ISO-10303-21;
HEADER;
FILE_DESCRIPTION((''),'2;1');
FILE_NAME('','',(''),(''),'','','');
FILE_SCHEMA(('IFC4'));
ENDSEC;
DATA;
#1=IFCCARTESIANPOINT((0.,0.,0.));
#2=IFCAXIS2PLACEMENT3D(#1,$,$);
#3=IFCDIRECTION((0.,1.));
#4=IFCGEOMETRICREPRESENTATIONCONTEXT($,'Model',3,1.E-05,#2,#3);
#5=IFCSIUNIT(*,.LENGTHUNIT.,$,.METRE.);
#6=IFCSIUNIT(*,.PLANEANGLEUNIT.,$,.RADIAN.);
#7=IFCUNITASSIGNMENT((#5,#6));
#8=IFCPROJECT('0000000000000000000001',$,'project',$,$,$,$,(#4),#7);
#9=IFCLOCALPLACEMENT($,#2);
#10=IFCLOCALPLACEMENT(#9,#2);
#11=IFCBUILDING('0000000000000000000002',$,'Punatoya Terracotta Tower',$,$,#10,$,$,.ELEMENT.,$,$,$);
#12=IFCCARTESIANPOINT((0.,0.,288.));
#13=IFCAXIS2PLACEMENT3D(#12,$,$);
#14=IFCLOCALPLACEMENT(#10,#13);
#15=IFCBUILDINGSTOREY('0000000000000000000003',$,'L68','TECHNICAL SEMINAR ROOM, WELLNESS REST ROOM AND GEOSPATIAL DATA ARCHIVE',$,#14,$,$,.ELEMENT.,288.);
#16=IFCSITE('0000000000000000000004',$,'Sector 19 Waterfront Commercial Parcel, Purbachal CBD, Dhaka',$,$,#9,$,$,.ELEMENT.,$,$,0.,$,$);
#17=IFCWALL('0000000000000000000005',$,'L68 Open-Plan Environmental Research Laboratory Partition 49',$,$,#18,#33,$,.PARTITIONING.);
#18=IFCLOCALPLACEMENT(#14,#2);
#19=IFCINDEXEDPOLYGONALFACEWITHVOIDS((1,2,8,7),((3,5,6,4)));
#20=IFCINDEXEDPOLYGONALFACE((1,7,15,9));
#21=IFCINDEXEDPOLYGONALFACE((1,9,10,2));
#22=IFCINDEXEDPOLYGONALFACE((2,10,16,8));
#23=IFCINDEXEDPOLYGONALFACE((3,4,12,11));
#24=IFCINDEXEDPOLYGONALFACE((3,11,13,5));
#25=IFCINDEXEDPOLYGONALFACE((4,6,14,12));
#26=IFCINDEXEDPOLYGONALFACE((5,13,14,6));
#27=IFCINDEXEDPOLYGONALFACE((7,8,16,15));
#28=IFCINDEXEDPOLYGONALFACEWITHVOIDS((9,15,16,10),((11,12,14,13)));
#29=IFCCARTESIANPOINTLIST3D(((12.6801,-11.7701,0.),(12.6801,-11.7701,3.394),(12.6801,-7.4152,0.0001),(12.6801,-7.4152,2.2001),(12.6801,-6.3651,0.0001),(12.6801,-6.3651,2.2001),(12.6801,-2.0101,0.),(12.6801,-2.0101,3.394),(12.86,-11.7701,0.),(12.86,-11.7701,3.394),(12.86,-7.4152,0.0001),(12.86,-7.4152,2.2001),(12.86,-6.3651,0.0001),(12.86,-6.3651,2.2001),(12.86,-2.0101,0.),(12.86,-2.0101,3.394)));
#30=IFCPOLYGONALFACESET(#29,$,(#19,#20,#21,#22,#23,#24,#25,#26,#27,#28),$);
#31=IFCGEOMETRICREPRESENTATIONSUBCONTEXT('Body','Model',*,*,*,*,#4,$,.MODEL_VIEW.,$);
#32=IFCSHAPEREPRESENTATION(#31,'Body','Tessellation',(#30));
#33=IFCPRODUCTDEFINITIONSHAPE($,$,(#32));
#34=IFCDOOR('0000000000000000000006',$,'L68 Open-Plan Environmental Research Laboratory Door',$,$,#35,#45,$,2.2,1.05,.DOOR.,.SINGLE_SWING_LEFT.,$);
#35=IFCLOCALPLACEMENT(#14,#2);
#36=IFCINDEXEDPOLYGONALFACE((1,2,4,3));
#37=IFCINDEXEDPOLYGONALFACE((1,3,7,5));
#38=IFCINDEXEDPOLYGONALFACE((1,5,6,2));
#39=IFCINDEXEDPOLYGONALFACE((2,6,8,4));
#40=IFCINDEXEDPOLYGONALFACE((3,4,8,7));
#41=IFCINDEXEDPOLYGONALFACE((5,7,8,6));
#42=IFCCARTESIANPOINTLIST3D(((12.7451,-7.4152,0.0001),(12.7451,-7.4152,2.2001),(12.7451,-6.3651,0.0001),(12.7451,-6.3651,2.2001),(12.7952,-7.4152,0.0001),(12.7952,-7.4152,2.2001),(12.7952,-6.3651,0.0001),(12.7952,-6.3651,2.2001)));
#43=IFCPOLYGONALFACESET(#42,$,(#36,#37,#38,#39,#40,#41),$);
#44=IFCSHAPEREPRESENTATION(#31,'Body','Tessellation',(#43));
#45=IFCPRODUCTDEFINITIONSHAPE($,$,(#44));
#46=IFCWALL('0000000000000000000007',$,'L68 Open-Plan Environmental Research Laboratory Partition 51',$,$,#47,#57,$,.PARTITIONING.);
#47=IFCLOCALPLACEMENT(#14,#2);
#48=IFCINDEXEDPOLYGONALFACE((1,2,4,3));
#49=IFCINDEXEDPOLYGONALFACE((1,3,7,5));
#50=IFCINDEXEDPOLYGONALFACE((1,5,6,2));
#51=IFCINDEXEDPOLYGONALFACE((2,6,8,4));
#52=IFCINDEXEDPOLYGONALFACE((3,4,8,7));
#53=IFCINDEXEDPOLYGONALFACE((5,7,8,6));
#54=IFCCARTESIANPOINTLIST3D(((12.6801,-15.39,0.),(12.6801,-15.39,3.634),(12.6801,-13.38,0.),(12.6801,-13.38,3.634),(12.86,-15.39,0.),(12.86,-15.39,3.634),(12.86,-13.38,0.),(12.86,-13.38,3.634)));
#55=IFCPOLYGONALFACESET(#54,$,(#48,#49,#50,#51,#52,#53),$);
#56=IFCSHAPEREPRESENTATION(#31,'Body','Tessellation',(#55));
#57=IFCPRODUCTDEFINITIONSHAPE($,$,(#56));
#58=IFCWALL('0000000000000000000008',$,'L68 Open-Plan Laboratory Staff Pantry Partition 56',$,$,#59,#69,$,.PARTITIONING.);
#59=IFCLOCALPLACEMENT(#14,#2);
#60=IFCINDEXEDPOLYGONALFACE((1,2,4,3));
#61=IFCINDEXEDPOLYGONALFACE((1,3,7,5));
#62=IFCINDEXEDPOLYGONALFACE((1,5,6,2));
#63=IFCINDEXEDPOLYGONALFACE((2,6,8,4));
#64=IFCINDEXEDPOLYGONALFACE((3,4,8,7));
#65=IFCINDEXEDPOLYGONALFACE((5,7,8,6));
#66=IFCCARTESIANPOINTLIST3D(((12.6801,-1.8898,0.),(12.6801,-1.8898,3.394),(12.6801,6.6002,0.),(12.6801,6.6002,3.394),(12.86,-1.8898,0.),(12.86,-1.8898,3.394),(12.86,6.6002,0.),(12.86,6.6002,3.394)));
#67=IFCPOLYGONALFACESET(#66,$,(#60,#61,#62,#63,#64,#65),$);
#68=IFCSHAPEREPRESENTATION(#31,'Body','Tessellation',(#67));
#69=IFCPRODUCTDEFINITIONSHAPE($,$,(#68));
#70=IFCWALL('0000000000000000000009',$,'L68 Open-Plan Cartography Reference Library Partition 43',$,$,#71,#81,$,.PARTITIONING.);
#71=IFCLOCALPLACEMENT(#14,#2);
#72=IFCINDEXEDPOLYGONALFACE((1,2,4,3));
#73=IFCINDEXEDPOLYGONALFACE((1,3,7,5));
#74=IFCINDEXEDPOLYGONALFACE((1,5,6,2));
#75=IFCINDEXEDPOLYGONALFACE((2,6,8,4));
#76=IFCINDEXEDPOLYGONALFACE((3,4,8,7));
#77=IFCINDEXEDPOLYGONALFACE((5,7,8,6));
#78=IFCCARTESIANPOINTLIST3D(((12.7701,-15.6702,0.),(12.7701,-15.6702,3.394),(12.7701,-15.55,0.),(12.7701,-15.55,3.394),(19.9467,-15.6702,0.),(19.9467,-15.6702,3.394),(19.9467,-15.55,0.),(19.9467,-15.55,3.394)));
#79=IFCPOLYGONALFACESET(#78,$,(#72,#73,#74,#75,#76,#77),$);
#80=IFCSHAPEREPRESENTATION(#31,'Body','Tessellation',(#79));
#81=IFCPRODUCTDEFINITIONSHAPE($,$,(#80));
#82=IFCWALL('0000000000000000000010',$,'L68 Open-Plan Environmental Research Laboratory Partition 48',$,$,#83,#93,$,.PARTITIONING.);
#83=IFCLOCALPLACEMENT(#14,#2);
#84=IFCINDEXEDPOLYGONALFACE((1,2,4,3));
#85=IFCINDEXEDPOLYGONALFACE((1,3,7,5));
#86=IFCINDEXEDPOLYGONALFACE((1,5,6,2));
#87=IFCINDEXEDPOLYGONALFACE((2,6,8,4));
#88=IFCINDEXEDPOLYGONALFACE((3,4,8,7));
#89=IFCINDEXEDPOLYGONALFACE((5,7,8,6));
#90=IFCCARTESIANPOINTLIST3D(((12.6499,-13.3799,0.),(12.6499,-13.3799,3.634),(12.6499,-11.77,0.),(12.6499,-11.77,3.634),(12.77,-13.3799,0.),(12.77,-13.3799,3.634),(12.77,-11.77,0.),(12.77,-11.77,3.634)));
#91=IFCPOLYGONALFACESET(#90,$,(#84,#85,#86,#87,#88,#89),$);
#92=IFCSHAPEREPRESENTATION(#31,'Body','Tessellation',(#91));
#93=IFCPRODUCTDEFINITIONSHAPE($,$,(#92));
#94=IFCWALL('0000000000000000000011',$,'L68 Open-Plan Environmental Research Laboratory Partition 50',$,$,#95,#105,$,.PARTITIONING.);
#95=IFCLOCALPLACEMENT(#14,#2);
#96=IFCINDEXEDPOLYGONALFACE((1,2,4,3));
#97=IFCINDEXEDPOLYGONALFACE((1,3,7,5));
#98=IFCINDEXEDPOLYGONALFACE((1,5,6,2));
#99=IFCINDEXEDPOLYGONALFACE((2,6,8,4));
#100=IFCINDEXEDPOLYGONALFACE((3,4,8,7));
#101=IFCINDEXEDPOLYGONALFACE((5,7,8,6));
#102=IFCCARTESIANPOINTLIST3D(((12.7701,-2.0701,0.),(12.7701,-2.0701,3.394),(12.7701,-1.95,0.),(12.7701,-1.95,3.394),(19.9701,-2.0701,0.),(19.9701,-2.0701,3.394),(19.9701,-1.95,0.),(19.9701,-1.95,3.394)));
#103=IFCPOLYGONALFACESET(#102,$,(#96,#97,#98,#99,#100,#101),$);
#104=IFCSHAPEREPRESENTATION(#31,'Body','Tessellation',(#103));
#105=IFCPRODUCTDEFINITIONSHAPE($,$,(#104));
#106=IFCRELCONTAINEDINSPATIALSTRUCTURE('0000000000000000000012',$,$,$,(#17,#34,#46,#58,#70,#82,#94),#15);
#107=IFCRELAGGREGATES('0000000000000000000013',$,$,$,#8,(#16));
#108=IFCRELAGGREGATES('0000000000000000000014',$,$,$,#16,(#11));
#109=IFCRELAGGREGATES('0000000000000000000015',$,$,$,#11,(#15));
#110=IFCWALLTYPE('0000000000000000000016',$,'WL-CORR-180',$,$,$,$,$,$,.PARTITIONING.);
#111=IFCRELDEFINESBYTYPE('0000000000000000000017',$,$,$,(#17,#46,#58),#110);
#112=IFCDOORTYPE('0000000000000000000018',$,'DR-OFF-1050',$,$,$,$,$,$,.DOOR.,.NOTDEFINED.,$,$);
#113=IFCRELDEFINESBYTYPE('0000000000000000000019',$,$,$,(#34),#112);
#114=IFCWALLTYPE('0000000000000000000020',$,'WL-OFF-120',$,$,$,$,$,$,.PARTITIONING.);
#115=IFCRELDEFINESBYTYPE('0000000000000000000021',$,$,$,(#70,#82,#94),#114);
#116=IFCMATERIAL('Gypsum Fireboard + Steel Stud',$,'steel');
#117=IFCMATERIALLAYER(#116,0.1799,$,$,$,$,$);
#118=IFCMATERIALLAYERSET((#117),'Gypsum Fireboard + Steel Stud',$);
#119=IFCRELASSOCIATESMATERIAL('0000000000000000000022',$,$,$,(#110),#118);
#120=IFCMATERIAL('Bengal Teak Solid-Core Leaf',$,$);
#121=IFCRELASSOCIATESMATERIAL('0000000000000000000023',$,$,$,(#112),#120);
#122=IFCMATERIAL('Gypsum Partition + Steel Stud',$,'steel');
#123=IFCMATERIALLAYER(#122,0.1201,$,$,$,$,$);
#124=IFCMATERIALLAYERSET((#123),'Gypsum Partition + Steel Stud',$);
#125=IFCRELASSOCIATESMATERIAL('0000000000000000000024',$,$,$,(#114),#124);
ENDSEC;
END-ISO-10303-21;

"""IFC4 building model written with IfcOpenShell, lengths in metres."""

from ifc_helpers import new_model, si_unit, direction, frame, frame_2d, origin, place, context, subcontext, project, spatial, rectangle, extrude, material, layer, layer_set, type_object, element, fill, save


model = new_model("IFC4")

# Units and contexts
model_context = context("Model", 3, precision=1e-05, world=origin(), true_north=direction((0.0, 1.0)))
body_context = subcontext(model_context, "Body", "Model", "MODEL_VIEW")
ifc_project = project(units=[si_unit("LENGTHUNIT", "METRE"), si_unit("PLANEANGLEUNIT", "RADIAN")], contexts=[model_context])

# Site, building, storey
site_placement = place(None, origin())
site = spatial("IfcSite", under=ifc_project, at=site_placement, Name="Sector 19 Waterfront Commercial Parcel, Purbachal CBD, Dhaka", CompositionType="ELEMENT", RefElevation=0.0)
building_placement = place(site_placement, origin())
building = spatial("IfcBuilding", under=site, at=building_placement, Name="Punatoya Terracotta Tower", CompositionType="ELEMENT")
storey_placement = place(building_placement, frame((0.0, 0.0, 288.0)))
storey = spatial("IfcBuildingStorey", under=building, at=storey_placement, Name="L68", Description="TECHNICAL SEMINAR ROOM, WELLNESS REST ROOM AND GEOSPATIAL DATA ARCHIVE", CompositionType="ELEMENT", Elevation=288.0)

# Wall, opening, door
ifc_material_1 = material(Name="Gypsum Fireboard + Steel Stud", Category="steel")
ifc_layer_1 = layer(ifc_material_1, 0.1799)
ifc_layer_set_1 = layer_set([ifc_layer_1], Name="Gypsum Fireboard + Steel Stud")
wall_type_1 = type_object("IfcWallType", Name="WL-CORR-180", PredefinedType="PARTITIONING", material=ifc_layer_set_1)
wall_1_placement = place(storey_placement, frame((12.77, -11.77, 0.0), z_axis=(0.0, 0.0, 1.0), x_axis=(0.0, 1.0, 0.0)))
wall_1 = element("IfcWall", 1, at=wall_1_placement, inside=storey, type_object=wall_type_1, Name="L68 Open-Plan Environmental Research Laboratory Partition 49", PredefinedType="PARTITIONING", context=body_context, shape_type="SweptSolid", body=[
    extrude(rectangle(XDim=9.76, YDim=0.1799, at=frame_2d((4.8799, 0.0))), origin(), (0.0, 0.0, 1.0), 3.394),
])
opening_placement = place(wall_1_placement, frame((4.355, 0.0, 0.0)))
opening = element("IfcOpeningElement", 2, at=opening_placement, cuts=wall_1, PredefinedType="OPENING", context=body_context, shape_type="SweptSolid", body=[
    extrude(rectangle(XDim=1.05, YDim=2.2, at=frame_2d((0.5249, 1.1001))), frame((0.0, 0.0999, 0.0), z_axis=(0.0, -1.0, 0.0), x_axis=(1.0, 0.0, 0.0)), (0.0, 0.0, 1.0), 0.2),
])
ifc_material_2 = material(Name="Bengal Teak Solid-Core Leaf")
door_type = type_object("IfcDoorType", Name="DR-OFF-1050", OperationType="NOTDEFINED", PredefinedType="DOOR", material=ifc_material_2)
door_placement = place(opening_placement, origin())
door = element("IfcDoor", 3, at=door_placement, inside=storey, type_object=door_type, Name="L68 Open-Plan Environmental Research Laboratory Door", OperationType="SINGLE_SWING_LEFT", OverallHeight=2.2, OverallWidth=1.05, PredefinedType="DOOR", context=body_context, shape_type="SweptSolid", body=[
    extrude(rectangle(XDim=1.05, YDim=2.2, at=frame_2d((0.5249, 1.1001))), frame((0.0, 0.0249, 0.0), z_axis=(0.0, -1.0, 0.0), x_axis=(1.0, 0.0, 0.0)), (0.0, 0.0, 1.0), 0.05),
])
fill(opening, door)

# Walls
wall_2_placement = place(storey_placement, frame((12.77, -15.3899, 0.0), z_axis=(0.0, 0.0, 1.0), x_axis=(0.0, 1.0, 0.0)))
element("IfcWall", 4, at=wall_2_placement, inside=storey, type_object=wall_type_1, Name="L68 Open-Plan Environmental Research Laboratory Partition 51", PredefinedType="PARTITIONING", context=body_context, shape_type="SweptSolid", body=[
    extrude(rectangle(XDim=2.01, YDim=0.1799, at=frame_2d((1.0049, 0.0))), origin(), (0.0, 0.0, 1.0), 3.634),
])
wall_3_placement = place(storey_placement, frame((12.77, -1.8899, 0.0), z_axis=(0.0, 0.0, 1.0), x_axis=(0.0, 1.0, 0.0)))
element("IfcWall", 5, at=wall_3_placement, inside=storey, type_object=wall_type_1, Name="L68 Open-Plan Laboratory Staff Pantry Partition 56", PredefinedType="PARTITIONING", context=body_context, shape_type="SweptSolid", body=[
    extrude(rectangle(XDim=8.49, YDim=0.1799, at=frame_2d((4.2451, 0.0))), origin(), (0.0, 0.0, 1.0), 3.394),
])
ifc_material_3 = material(Name="Gypsum Partition + Steel Stud", Category="steel")
ifc_layer_2 = layer(ifc_material_3, 0.1201)
ifc_layer_set_2 = layer_set([ifc_layer_2], Name="Gypsum Partition + Steel Stud")
wall_type_2 = type_object("IfcWallType", Name="WL-OFF-120", PredefinedType="PARTITIONING", material=ifc_layer_set_2)
wall_4_placement = place(storey_placement, frame((12.77, -15.6101, 0.0), z_axis=(0.0, 0.0, 1.0), x_axis=(1.0, 0.0, 0.0)))
element("IfcWall", 6, at=wall_4_placement, inside=storey, type_object=wall_type_2, Name="L68 Open-Plan Cartography Reference Library Partition 43", PredefinedType="PARTITIONING", context=body_context, shape_type="SweptSolid", body=[
    extrude(rectangle(XDim=7.1765, YDim=0.1201, at=frame_2d((3.5884, 0.0))), origin(), (0.0, 0.0, 1.0), 3.394),
])
wall_5_placement = place(storey_placement, frame((12.71, -13.3799, 0.0), z_axis=(0.0, 0.0, 1.0), x_axis=(0.0, 1.0, 0.0)))
element("IfcWall", 7, at=wall_5_placement, inside=storey, type_object=wall_type_2, Name="L68 Open-Plan Environmental Research Laboratory Partition 48", PredefinedType="PARTITIONING", context=body_context, shape_type="SweptSolid", body=[
    extrude(rectangle(XDim=1.6099, YDim=0.1201, at=frame_2d((0.8049, 0.0))), origin(), (0.0, 0.0, 1.0), 3.634),
])
wall_6_placement = place(storey_placement, frame((12.77, -2.01, 0.0), z_axis=(0.0, 0.0, 1.0), x_axis=(1.0, 0.0, 0.0)))
element("IfcWall", 8, at=wall_6_placement, inside=storey, type_object=wall_type_2, Name="L68 Open-Plan Environmental Research Laboratory Partition 50", PredefinedType="PARTITIONING", context=body_context, shape_type="SweptSolid", body=[
    extrude(rectangle(XDim=7.2, YDim=0.1201, at=frame_2d((3.6001, 0.0))), origin(), (0.0, 0.0, 1.0), 3.394),
])

save(model, "model.ifc")
